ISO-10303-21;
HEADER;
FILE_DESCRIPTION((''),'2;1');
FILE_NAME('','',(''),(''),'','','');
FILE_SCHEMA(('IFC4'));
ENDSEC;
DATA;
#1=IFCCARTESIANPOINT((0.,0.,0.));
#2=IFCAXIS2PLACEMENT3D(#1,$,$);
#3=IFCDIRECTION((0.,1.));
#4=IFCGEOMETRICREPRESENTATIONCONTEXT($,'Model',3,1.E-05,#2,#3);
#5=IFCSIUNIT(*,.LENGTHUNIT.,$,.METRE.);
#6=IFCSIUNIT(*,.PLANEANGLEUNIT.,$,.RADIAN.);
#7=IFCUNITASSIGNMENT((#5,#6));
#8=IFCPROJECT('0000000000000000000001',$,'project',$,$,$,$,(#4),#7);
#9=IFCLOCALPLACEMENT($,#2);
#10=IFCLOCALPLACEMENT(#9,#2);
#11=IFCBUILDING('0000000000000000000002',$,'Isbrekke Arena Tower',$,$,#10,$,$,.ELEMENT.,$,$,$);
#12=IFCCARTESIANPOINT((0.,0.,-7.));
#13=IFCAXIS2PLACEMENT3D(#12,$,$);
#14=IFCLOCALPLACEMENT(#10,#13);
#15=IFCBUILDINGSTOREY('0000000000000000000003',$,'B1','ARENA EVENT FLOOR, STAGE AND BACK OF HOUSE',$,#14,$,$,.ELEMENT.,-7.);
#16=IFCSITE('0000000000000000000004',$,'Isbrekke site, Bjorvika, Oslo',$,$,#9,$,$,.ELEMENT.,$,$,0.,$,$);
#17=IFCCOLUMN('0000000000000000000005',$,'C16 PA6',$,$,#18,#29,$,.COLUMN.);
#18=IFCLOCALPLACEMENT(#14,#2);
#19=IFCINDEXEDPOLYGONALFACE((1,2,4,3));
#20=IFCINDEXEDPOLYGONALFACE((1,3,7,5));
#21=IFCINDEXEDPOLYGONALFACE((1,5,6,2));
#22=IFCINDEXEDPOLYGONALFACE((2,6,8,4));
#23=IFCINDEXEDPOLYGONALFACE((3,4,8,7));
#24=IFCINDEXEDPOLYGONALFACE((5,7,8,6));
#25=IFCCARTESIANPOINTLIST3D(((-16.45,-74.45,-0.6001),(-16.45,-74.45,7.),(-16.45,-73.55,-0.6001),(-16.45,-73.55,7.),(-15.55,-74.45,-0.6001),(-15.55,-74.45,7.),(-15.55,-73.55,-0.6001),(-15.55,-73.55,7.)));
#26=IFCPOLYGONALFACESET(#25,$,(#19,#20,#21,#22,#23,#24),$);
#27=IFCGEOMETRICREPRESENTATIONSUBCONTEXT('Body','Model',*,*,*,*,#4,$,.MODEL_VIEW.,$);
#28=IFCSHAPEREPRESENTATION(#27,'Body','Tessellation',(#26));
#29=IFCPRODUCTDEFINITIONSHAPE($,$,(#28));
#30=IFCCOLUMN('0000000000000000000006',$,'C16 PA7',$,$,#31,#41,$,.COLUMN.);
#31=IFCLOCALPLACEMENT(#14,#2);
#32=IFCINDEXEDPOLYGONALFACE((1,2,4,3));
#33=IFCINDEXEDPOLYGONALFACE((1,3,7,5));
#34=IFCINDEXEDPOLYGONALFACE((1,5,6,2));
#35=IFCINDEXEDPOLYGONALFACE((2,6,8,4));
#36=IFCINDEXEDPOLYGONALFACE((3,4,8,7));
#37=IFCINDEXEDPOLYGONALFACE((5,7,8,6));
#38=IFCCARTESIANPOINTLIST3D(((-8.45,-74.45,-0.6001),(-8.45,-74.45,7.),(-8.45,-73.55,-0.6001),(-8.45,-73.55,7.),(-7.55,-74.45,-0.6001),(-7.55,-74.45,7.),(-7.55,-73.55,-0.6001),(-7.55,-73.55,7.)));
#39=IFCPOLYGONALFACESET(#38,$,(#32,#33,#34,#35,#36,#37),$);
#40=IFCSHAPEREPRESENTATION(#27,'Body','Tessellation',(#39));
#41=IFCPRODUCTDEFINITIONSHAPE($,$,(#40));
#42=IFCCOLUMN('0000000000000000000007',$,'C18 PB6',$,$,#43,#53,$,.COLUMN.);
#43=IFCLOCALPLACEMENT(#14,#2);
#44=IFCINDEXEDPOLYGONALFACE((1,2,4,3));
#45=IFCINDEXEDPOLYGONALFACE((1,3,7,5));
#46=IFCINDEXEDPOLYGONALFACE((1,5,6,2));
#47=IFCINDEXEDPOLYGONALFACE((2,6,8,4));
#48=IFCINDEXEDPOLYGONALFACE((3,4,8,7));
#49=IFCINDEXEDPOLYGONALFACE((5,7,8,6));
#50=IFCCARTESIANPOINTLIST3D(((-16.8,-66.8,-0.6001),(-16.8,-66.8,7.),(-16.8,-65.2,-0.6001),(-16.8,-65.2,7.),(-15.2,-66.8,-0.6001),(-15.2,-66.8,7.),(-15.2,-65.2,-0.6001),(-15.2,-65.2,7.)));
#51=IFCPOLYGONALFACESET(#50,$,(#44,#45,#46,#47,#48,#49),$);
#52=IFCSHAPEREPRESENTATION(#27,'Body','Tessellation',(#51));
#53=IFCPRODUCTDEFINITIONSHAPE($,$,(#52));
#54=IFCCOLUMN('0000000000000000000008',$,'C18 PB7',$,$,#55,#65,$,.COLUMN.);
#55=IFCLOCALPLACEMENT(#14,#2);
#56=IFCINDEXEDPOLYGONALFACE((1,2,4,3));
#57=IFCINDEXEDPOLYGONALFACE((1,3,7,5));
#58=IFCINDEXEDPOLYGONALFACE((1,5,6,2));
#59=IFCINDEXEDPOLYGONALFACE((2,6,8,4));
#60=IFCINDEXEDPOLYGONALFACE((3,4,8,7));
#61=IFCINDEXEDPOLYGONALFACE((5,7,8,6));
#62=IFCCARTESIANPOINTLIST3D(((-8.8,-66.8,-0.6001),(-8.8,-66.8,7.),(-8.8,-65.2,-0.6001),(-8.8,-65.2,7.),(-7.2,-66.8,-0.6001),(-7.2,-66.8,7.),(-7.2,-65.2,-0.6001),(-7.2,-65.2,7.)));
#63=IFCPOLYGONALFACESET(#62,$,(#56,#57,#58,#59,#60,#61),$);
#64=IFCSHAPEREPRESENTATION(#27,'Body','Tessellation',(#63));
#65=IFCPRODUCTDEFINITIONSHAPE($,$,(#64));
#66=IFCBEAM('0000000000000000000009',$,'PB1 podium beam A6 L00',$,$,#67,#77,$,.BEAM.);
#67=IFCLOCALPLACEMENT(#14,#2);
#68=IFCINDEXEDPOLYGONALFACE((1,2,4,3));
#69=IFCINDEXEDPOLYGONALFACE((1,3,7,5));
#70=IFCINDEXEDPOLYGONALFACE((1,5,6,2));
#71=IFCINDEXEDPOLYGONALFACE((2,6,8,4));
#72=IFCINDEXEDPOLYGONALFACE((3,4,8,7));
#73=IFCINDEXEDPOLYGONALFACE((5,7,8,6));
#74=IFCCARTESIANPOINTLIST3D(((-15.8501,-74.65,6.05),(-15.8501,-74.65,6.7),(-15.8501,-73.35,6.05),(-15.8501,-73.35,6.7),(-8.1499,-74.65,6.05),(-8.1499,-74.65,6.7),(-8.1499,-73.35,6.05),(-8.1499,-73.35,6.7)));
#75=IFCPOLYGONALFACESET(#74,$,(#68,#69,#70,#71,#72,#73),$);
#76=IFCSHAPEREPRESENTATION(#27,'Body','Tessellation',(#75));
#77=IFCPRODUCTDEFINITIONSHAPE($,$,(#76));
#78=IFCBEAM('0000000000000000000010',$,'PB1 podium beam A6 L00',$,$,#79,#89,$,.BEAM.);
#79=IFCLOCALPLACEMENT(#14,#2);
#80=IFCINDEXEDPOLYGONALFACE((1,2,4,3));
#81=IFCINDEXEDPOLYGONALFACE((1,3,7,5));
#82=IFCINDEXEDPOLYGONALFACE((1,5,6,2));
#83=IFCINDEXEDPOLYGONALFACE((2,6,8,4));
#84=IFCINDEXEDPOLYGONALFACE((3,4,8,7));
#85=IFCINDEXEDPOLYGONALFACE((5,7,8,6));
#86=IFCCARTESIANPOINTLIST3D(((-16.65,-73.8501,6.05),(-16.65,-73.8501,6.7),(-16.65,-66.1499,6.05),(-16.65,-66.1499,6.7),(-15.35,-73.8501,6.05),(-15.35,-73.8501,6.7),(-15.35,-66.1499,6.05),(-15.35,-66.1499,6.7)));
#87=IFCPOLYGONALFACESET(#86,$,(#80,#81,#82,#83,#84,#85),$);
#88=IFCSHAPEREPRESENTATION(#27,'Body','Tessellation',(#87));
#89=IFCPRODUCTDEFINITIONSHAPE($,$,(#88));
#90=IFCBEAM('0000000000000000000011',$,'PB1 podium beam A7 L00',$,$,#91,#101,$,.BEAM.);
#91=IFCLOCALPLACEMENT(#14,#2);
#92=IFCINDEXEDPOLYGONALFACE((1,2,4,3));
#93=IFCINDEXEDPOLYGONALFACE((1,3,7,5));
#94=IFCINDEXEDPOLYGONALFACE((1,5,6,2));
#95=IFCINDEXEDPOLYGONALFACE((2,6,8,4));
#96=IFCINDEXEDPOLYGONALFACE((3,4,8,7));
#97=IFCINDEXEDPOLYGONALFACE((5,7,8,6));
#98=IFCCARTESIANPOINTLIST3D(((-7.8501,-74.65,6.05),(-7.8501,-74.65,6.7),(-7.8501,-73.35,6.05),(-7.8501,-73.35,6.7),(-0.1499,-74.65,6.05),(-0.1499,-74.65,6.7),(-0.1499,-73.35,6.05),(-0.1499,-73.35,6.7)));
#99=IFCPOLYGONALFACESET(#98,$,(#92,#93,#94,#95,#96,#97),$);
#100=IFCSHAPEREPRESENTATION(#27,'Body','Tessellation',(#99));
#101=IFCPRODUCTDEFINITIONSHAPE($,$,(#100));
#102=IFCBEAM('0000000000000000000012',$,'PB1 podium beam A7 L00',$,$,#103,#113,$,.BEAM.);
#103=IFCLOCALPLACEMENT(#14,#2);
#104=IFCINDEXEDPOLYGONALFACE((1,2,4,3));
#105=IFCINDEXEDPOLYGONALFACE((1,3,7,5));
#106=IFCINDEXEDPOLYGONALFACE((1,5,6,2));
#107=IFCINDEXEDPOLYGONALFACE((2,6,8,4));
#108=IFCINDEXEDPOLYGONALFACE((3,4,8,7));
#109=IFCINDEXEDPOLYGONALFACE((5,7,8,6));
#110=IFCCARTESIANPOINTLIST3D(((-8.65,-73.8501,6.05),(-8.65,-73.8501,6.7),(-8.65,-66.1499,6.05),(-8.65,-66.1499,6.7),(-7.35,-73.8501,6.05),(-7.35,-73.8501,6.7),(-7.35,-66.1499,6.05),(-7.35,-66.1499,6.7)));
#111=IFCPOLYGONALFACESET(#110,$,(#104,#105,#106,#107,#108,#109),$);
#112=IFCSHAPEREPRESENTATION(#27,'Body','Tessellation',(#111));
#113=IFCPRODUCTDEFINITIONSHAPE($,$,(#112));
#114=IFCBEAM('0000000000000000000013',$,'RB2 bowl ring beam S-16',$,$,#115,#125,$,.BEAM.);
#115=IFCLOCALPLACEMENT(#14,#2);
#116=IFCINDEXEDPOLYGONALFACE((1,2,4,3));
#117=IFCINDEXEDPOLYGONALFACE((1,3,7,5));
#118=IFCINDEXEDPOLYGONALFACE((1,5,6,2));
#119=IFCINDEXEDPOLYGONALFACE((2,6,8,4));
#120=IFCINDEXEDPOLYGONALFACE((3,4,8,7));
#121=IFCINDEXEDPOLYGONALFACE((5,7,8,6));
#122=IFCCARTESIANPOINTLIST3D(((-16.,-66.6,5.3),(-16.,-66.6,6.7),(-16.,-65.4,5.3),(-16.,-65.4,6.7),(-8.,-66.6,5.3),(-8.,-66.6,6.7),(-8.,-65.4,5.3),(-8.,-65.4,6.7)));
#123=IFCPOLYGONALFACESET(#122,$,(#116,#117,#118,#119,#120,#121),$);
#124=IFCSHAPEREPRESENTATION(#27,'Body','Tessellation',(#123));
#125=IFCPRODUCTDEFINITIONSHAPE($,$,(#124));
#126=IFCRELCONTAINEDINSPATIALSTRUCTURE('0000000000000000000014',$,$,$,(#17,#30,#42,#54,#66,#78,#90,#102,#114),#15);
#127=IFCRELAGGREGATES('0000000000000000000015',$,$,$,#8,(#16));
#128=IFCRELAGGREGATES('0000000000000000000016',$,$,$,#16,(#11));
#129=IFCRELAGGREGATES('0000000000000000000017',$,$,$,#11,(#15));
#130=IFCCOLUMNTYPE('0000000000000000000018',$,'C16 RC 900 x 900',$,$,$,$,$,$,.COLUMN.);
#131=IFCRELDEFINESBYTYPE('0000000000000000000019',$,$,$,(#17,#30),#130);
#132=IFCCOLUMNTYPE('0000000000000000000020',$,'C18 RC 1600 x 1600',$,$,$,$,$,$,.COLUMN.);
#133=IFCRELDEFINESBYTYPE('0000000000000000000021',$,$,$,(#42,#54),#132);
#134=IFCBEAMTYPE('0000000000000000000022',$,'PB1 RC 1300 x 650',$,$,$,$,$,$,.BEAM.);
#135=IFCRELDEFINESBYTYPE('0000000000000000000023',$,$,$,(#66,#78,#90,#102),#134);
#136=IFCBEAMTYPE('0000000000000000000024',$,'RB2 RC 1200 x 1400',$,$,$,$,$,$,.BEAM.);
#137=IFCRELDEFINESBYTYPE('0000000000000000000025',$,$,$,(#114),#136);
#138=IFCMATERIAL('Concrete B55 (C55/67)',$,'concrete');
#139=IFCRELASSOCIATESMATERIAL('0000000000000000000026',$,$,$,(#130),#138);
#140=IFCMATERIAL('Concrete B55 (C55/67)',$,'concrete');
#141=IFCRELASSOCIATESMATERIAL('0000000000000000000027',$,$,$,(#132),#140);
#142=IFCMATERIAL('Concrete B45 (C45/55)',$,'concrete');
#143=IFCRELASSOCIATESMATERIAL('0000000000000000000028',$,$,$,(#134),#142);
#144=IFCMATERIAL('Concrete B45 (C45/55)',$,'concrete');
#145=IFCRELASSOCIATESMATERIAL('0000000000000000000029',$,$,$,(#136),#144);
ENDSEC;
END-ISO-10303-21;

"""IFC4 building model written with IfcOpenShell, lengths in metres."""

from ifc_helpers import new_model, si_unit, direction, frame, origin, origin_2d, place, context, subcontext, project, spatial, rectangle, extrude, material, material_profile, profile_set, type_object, element, save


model = new_model("IFC4")

# Units and contexts
model_context = context("Model", 3, precision=1e-05, world=origin(), true_north=direction((0.0, 1.0)))
body_context = subcontext(model_context, "Body", "Model", "MODEL_VIEW")
ifc_project = project(units=[si_unit("LENGTHUNIT", "METRE"), si_unit("PLANEANGLEUNIT", "RADIAN")], contexts=[model_context])

# Site, building, storey
site_placement = place(None, origin())
site = spatial("IfcSite", under=ifc_project, at=site_placement, Name="Isbrekke site, Bjorvika, Oslo", CompositionType="ELEMENT", RefElevation=0.0)
building_placement = place(site_placement, origin())
building = spatial("IfcBuilding", under=site, at=building_placement, Name="Isbrekke Arena Tower", CompositionType="ELEMENT")
storey_placement = place(building_placement, frame((0.0, 0.0, -7.0)))
storey = spatial("IfcBuildingStorey", under=building, at=storey_placement, Name="B1", Description="ARENA EVENT FLOOR, STAGE AND BACK OF HOUSE", CompositionType="ELEMENT", Elevation=-7.0)

# Columns
ifc_material_1 = material(Name="Concrete B55 (C55/67)", Category="concrete")
ifc_material_profile_1 = material_profile(ifc_material_1, rectangle(XDim=0.8999, YDim=0.8999, at=origin_2d()), Name="RC 900x900")
ifc_profile_set_1 = profile_set([ifc_material_profile_1], Name="Concrete B55 (C55/67)")
column_type_1 = type_object("IfcColumnType", Name="C16 RC 900 x 900", PredefinedType="COLUMN", material=ifc_profile_set_1)
for number, where, z_axis, x_axis, name in (
    (1, (-16.0, -74.0, -0.6001), (0.0, 0.0, 1.0), (1.0, 0.0, 0.0), "C16 PA6"),
    (2, (-8.0, -74.0, -0.6001), (0.0, 0.0, 1.0), (1.0, 0.0, 0.0), "C16 PA7"),
):
    element("IfcColumn", number, at=place(storey_placement, frame(where, z_axis=z_axis, x_axis=x_axis)), inside=storey, type_object=column_type_1, Name=name, PredefinedType="COLUMN", context=body_context, shape_type="SweptSolid", body=[
        extrude(rectangle(XDim=0.8999, YDim=0.8999, at=origin_2d()), origin(), (0.0, 0.0, 1.0), 7.6001),
    ])
ifc_material_2 = material(Name="Concrete B55 (C55/67)", Category="concrete")
ifc_material_profile_2 = material_profile(ifc_material_2, rectangle(XDim=1.6001, YDim=1.6001, at=origin_2d()), Name="RC 1600x1600")
ifc_profile_set_2 = profile_set([ifc_material_profile_2], Name="Concrete B55 (C55/67)")
column_type_2 = type_object("IfcColumnType", Name="C18 RC 1600 x 1600", PredefinedType="COLUMN", material=ifc_profile_set_2)
for number, where, z_axis, x_axis, name in (
    (3, (-16.0, -66.0, -0.6001), (0.0, 0.0, 1.0), (1.0, 0.0, 0.0), "C18 PB6"),
    (4, (-8.0, -66.0, -0.6001), (0.0, 0.0, 1.0), (1.0, 0.0, 0.0), "C18 PB7"),
):
    element("IfcColumn", number, at=place(storey_placement, frame(where, z_axis=z_axis, x_axis=x_axis)), inside=storey, type_object=column_type_2, Name=name, PredefinedType="COLUMN", context=body_context, shape_type="SweptSolid", body=[
        extrude(rectangle(XDim=1.6001, YDim=1.6001, at=origin_2d()), origin(), (0.0, 0.0, 1.0), 7.6001),
    ])

# Beams
ifc_material_3 = material(Name="Concrete B45 (C45/55)", Category="concrete")
ifc_material_profile_3 = material_profile(ifc_material_3, rectangle(XDim=1.3, YDim=0.6499, at=origin_2d()), Name="RC 1300x650")
ifc_profile_set_3 = profile_set([ifc_material_profile_3], Name="Concrete B45 (C45/55)")
beam_type_1 = type_object("IfcBeamType", Name="PB1 RC 1300 x 650", PredefinedType="BEAM", material=ifc_profile_set_3)
for number, where, z_axis, x_axis, name in (
    (5, (-15.8501, -74.0, 6.375), (1.0, 0.0, 0.0), (0.0, 1.0, 0.0), "PB1 podium beam A6 L00"),
    (6, (-16.0, -73.8501, 6.375), (0.0, 1.0, 0.0), (-1.0, 0.0, 0.0), "PB1 podium beam A6 L00"),
    (7, (-7.8501, -74.0, 6.375), (1.0, 0.0, 0.0), (0.0, 1.0, 0.0), "PB1 podium beam A7 L00"),
    (8, (-8.0, -73.8501, 6.375), (0.0, 1.0, 0.0), (-1.0, 0.0, 0.0), "PB1 podium beam A7 L00"),
):
    element("IfcBeam", number, at=place(storey_placement, frame(where, z_axis=z_axis, x_axis=x_axis)), inside=storey, type_object=beam_type_1, Name=name, PredefinedType="BEAM", context=body_context, shape_type="SweptSolid", body=[
        extrude(rectangle(XDim=1.3, YDim=0.6499, at=origin_2d()), origin(), (0.0, 0.0, 1.0), 7.7002),
    ])
ifc_material_4 = material(Name="Concrete B45 (C45/55)", Category="concrete")
ifc_material_profile_4 = material_profile(ifc_material_4, rectangle(XDim=1.2, YDim=1.3999, at=origin_2d()), Name="RC 1200x1400")
ifc_profile_set_4 = profile_set([ifc_material_profile_4], Name="Concrete B45 (C45/55)")
beam_type_2 = type_object("IfcBeamType", Name="RB2 RC 1200 x 1400", PredefinedType="BEAM", material=ifc_profile_set_4)
beam_placement = place(storey_placement, frame((-16.0, -66.0, 6.0), z_axis=(1.0, 0.0, 0.0), x_axis=(0.0, 1.0, 0.0)))
element("IfcBeam", 9, at=beam_placement, inside=storey, type_object=beam_type_2, Name="RB2 bowl ring beam S-16", PredefinedType="BEAM", context=body_context, shape_type="SweptSolid", body=[
    extrude(rectangle(XDim=1.2, YDim=1.3999, at=origin_2d()), origin(), (0.0, 0.0, 1.0), 8.0),
])

save(model, "model.ifc")
